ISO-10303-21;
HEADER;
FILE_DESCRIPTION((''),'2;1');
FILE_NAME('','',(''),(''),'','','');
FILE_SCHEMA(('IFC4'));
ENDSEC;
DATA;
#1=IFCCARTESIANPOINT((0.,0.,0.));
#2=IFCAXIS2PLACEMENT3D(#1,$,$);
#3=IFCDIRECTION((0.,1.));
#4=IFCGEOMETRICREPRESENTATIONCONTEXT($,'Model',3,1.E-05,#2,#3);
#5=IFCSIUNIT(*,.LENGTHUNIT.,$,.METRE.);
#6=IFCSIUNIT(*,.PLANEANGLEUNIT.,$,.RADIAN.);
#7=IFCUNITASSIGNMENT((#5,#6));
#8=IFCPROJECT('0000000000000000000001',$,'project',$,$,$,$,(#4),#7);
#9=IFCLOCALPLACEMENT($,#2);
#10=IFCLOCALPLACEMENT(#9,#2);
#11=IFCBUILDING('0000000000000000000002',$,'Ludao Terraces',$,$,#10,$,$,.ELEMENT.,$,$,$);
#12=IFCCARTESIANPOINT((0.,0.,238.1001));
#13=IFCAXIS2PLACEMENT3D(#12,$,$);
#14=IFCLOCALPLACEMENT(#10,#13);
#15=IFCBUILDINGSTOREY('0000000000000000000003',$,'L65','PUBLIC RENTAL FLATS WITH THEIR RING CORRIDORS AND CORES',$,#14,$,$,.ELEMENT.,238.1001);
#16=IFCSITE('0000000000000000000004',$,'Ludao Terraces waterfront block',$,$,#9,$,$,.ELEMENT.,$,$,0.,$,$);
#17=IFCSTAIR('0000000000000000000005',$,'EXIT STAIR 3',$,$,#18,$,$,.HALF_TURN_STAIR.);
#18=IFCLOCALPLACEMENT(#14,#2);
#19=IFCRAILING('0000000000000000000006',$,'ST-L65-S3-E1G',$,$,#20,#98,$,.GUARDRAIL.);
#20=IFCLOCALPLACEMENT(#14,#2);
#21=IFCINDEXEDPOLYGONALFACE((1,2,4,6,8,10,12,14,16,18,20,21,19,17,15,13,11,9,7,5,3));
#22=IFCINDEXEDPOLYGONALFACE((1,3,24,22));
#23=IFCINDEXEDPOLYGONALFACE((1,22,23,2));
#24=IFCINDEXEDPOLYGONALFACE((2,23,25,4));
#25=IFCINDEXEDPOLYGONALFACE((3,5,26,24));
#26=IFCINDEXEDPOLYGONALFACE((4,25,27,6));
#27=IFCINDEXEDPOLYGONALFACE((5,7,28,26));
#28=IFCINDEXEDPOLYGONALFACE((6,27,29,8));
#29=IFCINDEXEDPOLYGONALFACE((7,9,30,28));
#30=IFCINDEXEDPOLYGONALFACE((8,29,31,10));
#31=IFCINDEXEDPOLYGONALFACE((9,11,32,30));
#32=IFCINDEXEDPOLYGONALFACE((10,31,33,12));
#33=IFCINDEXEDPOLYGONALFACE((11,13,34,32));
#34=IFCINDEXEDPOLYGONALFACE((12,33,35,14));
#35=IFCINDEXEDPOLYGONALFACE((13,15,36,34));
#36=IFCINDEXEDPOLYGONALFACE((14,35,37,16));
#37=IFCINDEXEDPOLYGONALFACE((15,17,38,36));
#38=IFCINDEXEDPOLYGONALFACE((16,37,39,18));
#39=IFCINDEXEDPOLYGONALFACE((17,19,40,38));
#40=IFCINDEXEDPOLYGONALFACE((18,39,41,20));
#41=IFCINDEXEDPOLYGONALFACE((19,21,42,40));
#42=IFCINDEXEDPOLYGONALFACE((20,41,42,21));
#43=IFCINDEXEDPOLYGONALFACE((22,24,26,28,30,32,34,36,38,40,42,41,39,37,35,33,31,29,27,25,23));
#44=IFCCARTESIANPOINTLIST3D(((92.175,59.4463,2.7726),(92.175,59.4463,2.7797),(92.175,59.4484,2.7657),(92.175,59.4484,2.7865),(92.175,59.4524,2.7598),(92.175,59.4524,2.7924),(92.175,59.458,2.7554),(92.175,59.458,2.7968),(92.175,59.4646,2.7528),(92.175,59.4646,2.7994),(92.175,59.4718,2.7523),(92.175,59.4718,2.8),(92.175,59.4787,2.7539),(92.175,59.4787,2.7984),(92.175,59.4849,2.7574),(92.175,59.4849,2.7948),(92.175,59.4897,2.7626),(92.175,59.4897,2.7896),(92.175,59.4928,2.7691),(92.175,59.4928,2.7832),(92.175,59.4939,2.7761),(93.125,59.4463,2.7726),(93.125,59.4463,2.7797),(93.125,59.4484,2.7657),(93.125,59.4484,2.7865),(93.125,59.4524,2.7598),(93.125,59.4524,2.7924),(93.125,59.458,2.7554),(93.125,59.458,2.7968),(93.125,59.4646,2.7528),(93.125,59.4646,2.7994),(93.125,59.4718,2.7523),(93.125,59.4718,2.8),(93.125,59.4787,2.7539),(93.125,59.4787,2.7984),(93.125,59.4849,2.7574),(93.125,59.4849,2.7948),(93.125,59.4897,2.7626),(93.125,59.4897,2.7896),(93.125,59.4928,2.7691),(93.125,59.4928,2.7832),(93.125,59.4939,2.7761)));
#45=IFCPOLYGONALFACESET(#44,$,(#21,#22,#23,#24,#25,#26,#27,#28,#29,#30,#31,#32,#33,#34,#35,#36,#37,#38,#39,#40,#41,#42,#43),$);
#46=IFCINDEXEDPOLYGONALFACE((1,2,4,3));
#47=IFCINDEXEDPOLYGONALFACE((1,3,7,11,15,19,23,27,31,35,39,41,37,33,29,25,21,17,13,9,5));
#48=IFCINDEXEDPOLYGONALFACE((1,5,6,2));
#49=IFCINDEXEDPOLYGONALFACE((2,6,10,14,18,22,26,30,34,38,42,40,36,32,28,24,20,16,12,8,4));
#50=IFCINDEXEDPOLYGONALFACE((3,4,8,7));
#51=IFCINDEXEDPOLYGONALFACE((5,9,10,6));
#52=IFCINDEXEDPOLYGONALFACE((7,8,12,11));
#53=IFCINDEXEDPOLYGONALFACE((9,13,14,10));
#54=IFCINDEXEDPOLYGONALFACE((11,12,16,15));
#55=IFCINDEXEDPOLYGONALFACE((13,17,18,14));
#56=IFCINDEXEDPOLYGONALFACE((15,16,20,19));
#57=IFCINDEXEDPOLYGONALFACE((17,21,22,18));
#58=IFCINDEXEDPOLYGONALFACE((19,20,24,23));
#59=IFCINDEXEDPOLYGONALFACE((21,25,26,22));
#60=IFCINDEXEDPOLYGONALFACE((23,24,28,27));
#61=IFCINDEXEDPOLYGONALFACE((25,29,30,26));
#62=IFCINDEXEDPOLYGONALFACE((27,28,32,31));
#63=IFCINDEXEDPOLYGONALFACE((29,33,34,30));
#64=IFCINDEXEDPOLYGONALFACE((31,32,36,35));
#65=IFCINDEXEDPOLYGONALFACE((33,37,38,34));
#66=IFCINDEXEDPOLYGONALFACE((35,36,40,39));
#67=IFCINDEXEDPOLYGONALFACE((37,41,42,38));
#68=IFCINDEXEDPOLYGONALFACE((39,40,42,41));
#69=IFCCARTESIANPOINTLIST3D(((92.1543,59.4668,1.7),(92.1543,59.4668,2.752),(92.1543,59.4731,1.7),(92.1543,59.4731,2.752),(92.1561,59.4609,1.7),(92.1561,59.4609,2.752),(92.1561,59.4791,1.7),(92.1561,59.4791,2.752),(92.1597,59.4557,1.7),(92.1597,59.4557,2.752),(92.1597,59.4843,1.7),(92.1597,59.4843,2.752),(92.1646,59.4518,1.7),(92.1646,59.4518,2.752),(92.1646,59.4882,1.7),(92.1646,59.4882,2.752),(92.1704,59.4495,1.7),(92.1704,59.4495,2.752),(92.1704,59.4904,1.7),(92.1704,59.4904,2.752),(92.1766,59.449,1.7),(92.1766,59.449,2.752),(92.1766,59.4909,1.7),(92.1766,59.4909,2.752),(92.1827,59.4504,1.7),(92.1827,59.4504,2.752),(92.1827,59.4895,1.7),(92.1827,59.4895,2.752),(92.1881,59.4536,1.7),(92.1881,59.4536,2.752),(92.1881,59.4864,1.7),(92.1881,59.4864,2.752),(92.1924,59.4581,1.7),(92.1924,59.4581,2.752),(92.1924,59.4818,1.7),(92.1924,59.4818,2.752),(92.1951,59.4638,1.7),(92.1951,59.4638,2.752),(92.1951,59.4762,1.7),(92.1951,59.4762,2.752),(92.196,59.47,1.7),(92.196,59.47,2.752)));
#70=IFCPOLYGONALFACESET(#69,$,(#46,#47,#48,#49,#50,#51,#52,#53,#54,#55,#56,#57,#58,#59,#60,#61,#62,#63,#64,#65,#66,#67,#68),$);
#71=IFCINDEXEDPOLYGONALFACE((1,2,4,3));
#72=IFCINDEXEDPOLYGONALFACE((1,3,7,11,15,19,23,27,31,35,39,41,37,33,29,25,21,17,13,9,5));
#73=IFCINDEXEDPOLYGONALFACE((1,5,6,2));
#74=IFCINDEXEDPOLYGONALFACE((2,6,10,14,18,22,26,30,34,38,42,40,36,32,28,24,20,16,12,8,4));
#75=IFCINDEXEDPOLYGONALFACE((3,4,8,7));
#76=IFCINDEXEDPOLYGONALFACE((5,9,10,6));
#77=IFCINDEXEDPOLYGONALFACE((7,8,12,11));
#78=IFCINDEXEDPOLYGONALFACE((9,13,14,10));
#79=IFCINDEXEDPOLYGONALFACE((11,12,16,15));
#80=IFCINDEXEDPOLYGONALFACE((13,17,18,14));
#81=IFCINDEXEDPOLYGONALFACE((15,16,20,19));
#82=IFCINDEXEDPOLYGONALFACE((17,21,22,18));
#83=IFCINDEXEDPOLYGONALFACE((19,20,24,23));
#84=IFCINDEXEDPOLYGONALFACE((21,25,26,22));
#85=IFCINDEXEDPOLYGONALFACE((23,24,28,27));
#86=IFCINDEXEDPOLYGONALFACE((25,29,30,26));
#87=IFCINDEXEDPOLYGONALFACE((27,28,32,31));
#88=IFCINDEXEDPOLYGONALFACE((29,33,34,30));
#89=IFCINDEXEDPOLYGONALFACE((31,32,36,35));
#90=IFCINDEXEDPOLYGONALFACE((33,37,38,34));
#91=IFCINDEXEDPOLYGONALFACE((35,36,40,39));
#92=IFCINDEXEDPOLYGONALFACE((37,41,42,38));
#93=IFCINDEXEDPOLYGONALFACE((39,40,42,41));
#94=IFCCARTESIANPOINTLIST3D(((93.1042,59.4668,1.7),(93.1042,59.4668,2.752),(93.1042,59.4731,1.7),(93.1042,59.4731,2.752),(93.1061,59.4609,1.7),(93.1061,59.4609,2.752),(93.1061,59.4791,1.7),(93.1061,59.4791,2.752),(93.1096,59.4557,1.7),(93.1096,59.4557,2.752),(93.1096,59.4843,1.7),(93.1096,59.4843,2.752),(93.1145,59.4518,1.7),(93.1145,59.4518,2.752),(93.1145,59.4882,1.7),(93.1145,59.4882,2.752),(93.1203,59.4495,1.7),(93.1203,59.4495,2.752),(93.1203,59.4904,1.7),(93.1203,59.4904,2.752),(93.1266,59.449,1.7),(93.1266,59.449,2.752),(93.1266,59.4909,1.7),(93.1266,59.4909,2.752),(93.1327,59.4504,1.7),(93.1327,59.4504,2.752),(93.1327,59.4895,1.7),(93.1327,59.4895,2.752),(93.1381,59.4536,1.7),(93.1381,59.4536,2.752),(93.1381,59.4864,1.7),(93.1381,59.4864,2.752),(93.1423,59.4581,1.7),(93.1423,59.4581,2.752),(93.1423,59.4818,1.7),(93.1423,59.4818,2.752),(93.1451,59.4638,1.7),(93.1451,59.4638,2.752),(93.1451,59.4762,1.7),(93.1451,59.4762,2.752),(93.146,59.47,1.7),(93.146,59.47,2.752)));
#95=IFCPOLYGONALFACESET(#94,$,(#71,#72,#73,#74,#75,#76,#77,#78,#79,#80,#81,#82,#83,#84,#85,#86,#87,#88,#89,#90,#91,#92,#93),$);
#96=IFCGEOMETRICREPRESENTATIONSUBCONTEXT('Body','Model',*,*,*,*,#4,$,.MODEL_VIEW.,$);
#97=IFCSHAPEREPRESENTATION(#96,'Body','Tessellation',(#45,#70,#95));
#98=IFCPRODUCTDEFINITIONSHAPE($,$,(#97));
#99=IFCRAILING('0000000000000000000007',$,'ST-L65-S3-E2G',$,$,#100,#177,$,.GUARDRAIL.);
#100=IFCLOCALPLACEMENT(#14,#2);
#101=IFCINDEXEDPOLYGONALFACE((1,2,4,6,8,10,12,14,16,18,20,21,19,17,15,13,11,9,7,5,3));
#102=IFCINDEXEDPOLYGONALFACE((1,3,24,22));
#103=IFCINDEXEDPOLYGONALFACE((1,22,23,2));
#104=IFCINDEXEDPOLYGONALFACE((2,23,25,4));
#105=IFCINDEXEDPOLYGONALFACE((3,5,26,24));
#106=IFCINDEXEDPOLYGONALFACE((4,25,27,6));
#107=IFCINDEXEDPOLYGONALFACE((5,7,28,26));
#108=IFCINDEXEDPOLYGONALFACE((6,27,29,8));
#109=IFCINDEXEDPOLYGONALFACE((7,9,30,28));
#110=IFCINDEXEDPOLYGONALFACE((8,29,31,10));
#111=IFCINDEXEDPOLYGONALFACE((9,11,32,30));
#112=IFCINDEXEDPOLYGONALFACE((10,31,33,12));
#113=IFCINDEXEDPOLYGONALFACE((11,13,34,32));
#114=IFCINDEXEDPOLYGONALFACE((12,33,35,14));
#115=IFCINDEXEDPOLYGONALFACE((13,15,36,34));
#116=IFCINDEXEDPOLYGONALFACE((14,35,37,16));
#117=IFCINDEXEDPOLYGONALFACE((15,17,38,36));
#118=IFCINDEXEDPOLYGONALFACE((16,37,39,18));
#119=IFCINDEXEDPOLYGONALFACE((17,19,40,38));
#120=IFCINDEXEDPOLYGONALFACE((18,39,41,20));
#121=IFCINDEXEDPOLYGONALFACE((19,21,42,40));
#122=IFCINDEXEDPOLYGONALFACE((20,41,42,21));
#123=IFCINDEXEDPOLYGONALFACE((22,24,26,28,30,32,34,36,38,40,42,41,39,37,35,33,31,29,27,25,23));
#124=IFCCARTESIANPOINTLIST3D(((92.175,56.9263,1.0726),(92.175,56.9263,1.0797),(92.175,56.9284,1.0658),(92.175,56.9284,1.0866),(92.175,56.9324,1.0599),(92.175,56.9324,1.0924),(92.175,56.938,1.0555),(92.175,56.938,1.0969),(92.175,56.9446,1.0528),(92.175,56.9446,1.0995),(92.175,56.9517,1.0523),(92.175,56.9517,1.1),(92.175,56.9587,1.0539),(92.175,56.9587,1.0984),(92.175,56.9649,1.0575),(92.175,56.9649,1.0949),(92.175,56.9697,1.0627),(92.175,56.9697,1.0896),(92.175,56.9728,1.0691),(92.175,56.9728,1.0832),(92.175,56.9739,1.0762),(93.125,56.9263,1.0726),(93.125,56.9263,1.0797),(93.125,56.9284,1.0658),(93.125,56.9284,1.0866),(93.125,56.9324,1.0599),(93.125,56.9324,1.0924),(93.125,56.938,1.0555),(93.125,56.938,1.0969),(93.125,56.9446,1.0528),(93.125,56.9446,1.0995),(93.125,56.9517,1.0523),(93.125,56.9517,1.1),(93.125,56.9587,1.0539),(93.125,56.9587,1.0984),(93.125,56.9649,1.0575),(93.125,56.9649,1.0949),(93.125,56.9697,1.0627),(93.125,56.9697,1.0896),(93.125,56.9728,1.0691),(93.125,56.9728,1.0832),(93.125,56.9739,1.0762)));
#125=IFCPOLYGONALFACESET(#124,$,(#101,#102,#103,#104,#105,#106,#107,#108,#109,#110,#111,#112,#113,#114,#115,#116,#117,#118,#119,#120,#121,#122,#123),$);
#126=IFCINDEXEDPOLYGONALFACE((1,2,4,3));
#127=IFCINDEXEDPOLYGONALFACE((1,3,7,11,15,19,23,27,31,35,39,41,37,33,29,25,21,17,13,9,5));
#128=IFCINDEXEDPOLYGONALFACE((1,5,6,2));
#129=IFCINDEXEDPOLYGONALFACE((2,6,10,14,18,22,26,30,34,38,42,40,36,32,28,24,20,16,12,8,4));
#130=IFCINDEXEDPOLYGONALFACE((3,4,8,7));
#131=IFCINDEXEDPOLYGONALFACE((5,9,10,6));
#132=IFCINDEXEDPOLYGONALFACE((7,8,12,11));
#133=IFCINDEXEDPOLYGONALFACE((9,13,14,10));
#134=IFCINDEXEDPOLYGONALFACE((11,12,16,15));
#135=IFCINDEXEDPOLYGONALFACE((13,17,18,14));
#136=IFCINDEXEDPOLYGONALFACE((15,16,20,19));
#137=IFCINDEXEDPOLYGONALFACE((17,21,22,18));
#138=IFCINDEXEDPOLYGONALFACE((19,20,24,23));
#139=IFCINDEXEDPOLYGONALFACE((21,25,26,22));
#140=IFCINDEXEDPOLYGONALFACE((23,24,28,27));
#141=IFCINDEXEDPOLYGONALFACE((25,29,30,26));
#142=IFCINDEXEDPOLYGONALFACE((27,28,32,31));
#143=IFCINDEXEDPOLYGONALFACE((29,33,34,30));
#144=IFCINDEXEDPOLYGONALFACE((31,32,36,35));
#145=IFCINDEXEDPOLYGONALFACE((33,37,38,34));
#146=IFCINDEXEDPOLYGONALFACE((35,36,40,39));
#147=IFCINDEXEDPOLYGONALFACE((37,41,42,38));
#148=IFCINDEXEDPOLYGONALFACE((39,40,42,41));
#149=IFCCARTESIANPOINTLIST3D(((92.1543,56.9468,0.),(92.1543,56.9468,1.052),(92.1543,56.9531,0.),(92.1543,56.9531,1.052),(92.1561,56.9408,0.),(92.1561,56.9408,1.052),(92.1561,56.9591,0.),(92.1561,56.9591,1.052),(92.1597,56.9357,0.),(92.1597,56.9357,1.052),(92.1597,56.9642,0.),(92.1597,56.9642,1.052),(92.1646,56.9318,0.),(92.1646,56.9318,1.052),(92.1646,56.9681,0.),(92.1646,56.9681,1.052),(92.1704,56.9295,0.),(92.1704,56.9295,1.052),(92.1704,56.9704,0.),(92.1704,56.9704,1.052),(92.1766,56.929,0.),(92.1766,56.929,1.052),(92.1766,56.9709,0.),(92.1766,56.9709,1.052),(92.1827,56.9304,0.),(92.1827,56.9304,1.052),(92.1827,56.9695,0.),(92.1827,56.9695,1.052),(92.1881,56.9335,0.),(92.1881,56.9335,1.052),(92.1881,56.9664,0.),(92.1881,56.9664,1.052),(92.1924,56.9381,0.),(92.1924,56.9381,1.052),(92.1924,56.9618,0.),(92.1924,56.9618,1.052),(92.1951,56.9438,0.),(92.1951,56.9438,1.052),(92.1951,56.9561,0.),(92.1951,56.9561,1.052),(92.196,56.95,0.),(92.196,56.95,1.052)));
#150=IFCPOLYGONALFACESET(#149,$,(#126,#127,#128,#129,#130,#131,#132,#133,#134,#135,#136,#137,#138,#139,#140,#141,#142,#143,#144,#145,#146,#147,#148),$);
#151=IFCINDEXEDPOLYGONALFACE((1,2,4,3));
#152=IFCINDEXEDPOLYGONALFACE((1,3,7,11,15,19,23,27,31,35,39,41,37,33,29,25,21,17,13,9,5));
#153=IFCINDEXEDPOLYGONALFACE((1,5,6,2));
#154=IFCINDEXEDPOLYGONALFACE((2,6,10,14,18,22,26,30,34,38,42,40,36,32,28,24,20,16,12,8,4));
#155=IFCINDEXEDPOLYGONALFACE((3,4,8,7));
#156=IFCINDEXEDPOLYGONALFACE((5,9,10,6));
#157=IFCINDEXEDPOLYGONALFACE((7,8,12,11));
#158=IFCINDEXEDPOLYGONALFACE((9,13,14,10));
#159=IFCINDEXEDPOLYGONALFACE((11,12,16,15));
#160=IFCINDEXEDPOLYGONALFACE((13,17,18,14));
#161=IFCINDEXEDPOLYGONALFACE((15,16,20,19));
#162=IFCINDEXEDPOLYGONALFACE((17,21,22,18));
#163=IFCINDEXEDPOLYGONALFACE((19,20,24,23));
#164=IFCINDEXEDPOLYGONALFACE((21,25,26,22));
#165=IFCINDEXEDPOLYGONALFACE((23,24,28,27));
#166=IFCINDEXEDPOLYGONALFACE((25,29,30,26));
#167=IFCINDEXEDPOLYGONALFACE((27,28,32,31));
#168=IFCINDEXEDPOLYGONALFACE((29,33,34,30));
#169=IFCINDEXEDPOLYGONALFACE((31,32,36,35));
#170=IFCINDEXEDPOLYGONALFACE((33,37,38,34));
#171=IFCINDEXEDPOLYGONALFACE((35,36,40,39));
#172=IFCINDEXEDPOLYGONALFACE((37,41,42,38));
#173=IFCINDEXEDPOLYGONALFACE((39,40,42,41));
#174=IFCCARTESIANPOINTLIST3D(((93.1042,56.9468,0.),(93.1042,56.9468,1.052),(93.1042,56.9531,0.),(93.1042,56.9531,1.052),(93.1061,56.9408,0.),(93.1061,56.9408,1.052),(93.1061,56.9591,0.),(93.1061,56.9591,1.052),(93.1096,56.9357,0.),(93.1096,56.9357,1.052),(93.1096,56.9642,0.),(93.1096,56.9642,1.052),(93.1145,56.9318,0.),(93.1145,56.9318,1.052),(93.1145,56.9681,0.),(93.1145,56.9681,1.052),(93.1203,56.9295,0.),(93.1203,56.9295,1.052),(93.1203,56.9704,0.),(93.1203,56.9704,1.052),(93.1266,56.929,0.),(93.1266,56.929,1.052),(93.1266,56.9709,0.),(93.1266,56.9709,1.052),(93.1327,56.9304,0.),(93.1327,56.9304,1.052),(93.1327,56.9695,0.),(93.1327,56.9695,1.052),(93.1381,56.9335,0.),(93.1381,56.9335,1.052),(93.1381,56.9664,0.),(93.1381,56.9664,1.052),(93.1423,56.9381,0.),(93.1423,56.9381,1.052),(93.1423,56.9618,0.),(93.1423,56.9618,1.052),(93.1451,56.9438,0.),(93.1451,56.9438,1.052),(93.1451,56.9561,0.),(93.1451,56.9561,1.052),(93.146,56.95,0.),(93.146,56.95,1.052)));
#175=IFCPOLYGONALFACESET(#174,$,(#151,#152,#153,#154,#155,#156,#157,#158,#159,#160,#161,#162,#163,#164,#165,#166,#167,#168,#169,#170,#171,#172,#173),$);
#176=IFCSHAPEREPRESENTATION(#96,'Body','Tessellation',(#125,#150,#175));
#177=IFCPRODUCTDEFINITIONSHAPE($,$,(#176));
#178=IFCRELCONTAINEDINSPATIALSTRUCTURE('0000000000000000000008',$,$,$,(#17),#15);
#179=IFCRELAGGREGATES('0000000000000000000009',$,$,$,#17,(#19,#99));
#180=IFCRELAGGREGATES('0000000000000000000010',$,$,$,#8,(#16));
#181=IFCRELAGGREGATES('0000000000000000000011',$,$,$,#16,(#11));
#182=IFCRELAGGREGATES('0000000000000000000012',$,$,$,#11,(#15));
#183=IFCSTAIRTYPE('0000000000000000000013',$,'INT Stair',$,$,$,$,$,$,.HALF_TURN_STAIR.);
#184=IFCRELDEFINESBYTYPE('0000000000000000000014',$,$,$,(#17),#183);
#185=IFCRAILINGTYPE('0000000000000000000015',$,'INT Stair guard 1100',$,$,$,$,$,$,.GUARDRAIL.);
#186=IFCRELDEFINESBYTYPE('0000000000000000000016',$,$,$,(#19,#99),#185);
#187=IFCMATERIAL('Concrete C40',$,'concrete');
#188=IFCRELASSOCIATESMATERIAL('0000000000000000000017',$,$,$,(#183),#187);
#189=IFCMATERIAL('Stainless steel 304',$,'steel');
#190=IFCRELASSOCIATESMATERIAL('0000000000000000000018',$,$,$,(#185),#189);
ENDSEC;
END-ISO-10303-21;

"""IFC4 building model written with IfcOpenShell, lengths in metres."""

from ifc_helpers import new_model, si_unit, direction, frame, origin, origin_2d, place, context, subcontext, project, spatial, circle, extrude, material, type_object, element, aggregate, save


model = new_model("IFC4")

# Units and contexts
model_context = context("Model", 3, precision=1e-05, world=origin(), true_north=direction((0.0, 1.0)))
body_context = subcontext(model_context, "Body", "Model", "MODEL_VIEW")
ifc_project = project(units=[si_unit("LENGTHUNIT", "METRE"), si_unit("PLANEANGLEUNIT", "RADIAN")], contexts=[model_context])

# Site, building, storey
site_placement = place(None, origin())
site = spatial("IfcSite", under=ifc_project, at=site_placement, Name="Ludao Terraces waterfront block", CompositionType="ELEMENT", RefElevation=0.0)
building_placement = place(site_placement, origin())
building = spatial("IfcBuilding", under=site, at=building_placement, Name="Ludao Terraces", CompositionType="ELEMENT")
storey_placement = place(building_placement, frame((0.0, 0.0, 238.1001)))
storey = spatial("IfcBuildingStorey", under=building, at=storey_placement, Name="L65", Description="PUBLIC RENTAL FLATS WITH THEIR RING CORRIDORS AND CORES", CompositionType="ELEMENT", Elevation=238.1001)

# Shared definitions
ifc_material_1 = material(Name="Concrete C40", Category="concrete")

# Stair, railings
stair_type = type_object("IfcStairType", Name="INT Stair", PredefinedType="HALF_TURN_STAIR", material=ifc_material_1)
stair_placement = place(storey_placement, origin())
stair = element("IfcStair", 1, at=stair_placement, inside=storey, type_object=stair_type, Name="EXIT STAIR 3", PredefinedType="HALF_TURN_STAIR")
ifc_material_2 = material(Name="Stainless steel 304", Category="steel")
railing_type_1 = type_object("IfcRailingType", Name="INT Stair guard 1100", PredefinedType="GUARDRAIL", material=ifc_material_2)
railing_1_placement = place(storey_placement, frame((92.175, 59.47, 1.7)))
railing_1 = element("IfcRailing", 2, at=railing_1_placement, type_object=railing_type_1, Name="ST-L65-S3-E1G", PredefinedType="GUARDRAIL", context=body_context, shape_type="SweptSolid", body=[
    extrude(circle(Radius=0.0239, at=origin_2d()), frame((0.0, 0.0, 1.0762), z_axis=(1.0, 0.0, 0.0), x_axis=(0.0, 1.0, 0.0)), (0.0, 0.0, 1.0), 0.95),
    extrude(circle(Radius=0.021, at=origin_2d()), origin(), (0.0, 0.0, 1.0), 1.052),
    extrude(circle(Radius=0.021, at=origin_2d()), frame((0.95, 0.0, 0.0)), (0.0, 0.0, 1.0), 1.052),
])
railing_2_placement = place(storey_placement, frame((92.175, 56.95, 0.0)))
railing_2 = element("IfcRailing", 3, at=railing_2_placement, type_object=railing_type_1, Name="ST-L65-S3-E2G", PredefinedType="GUARDRAIL", context=body_context, shape_type="SweptSolid", body=[
    extrude(circle(Radius=0.0239, at=origin_2d()), frame((0.0, 0.0, 1.0762), z_axis=(1.0, 0.0, 0.0), x_axis=(0.0, 1.0, 0.0)), (0.0, 0.0, 1.0), 0.95),
    extrude(circle(Radius=0.021, at=origin_2d()), origin(), (0.0, 0.0, 1.0), 1.052),
    extrude(circle(Radius=0.021, at=origin_2d()), frame((0.95, 0.0, 0.0)), (0.0, 0.0, 1.0), 1.052),
])
aggregate(stair, [railing_1, railing_2])

save(model, "model.ifc")
